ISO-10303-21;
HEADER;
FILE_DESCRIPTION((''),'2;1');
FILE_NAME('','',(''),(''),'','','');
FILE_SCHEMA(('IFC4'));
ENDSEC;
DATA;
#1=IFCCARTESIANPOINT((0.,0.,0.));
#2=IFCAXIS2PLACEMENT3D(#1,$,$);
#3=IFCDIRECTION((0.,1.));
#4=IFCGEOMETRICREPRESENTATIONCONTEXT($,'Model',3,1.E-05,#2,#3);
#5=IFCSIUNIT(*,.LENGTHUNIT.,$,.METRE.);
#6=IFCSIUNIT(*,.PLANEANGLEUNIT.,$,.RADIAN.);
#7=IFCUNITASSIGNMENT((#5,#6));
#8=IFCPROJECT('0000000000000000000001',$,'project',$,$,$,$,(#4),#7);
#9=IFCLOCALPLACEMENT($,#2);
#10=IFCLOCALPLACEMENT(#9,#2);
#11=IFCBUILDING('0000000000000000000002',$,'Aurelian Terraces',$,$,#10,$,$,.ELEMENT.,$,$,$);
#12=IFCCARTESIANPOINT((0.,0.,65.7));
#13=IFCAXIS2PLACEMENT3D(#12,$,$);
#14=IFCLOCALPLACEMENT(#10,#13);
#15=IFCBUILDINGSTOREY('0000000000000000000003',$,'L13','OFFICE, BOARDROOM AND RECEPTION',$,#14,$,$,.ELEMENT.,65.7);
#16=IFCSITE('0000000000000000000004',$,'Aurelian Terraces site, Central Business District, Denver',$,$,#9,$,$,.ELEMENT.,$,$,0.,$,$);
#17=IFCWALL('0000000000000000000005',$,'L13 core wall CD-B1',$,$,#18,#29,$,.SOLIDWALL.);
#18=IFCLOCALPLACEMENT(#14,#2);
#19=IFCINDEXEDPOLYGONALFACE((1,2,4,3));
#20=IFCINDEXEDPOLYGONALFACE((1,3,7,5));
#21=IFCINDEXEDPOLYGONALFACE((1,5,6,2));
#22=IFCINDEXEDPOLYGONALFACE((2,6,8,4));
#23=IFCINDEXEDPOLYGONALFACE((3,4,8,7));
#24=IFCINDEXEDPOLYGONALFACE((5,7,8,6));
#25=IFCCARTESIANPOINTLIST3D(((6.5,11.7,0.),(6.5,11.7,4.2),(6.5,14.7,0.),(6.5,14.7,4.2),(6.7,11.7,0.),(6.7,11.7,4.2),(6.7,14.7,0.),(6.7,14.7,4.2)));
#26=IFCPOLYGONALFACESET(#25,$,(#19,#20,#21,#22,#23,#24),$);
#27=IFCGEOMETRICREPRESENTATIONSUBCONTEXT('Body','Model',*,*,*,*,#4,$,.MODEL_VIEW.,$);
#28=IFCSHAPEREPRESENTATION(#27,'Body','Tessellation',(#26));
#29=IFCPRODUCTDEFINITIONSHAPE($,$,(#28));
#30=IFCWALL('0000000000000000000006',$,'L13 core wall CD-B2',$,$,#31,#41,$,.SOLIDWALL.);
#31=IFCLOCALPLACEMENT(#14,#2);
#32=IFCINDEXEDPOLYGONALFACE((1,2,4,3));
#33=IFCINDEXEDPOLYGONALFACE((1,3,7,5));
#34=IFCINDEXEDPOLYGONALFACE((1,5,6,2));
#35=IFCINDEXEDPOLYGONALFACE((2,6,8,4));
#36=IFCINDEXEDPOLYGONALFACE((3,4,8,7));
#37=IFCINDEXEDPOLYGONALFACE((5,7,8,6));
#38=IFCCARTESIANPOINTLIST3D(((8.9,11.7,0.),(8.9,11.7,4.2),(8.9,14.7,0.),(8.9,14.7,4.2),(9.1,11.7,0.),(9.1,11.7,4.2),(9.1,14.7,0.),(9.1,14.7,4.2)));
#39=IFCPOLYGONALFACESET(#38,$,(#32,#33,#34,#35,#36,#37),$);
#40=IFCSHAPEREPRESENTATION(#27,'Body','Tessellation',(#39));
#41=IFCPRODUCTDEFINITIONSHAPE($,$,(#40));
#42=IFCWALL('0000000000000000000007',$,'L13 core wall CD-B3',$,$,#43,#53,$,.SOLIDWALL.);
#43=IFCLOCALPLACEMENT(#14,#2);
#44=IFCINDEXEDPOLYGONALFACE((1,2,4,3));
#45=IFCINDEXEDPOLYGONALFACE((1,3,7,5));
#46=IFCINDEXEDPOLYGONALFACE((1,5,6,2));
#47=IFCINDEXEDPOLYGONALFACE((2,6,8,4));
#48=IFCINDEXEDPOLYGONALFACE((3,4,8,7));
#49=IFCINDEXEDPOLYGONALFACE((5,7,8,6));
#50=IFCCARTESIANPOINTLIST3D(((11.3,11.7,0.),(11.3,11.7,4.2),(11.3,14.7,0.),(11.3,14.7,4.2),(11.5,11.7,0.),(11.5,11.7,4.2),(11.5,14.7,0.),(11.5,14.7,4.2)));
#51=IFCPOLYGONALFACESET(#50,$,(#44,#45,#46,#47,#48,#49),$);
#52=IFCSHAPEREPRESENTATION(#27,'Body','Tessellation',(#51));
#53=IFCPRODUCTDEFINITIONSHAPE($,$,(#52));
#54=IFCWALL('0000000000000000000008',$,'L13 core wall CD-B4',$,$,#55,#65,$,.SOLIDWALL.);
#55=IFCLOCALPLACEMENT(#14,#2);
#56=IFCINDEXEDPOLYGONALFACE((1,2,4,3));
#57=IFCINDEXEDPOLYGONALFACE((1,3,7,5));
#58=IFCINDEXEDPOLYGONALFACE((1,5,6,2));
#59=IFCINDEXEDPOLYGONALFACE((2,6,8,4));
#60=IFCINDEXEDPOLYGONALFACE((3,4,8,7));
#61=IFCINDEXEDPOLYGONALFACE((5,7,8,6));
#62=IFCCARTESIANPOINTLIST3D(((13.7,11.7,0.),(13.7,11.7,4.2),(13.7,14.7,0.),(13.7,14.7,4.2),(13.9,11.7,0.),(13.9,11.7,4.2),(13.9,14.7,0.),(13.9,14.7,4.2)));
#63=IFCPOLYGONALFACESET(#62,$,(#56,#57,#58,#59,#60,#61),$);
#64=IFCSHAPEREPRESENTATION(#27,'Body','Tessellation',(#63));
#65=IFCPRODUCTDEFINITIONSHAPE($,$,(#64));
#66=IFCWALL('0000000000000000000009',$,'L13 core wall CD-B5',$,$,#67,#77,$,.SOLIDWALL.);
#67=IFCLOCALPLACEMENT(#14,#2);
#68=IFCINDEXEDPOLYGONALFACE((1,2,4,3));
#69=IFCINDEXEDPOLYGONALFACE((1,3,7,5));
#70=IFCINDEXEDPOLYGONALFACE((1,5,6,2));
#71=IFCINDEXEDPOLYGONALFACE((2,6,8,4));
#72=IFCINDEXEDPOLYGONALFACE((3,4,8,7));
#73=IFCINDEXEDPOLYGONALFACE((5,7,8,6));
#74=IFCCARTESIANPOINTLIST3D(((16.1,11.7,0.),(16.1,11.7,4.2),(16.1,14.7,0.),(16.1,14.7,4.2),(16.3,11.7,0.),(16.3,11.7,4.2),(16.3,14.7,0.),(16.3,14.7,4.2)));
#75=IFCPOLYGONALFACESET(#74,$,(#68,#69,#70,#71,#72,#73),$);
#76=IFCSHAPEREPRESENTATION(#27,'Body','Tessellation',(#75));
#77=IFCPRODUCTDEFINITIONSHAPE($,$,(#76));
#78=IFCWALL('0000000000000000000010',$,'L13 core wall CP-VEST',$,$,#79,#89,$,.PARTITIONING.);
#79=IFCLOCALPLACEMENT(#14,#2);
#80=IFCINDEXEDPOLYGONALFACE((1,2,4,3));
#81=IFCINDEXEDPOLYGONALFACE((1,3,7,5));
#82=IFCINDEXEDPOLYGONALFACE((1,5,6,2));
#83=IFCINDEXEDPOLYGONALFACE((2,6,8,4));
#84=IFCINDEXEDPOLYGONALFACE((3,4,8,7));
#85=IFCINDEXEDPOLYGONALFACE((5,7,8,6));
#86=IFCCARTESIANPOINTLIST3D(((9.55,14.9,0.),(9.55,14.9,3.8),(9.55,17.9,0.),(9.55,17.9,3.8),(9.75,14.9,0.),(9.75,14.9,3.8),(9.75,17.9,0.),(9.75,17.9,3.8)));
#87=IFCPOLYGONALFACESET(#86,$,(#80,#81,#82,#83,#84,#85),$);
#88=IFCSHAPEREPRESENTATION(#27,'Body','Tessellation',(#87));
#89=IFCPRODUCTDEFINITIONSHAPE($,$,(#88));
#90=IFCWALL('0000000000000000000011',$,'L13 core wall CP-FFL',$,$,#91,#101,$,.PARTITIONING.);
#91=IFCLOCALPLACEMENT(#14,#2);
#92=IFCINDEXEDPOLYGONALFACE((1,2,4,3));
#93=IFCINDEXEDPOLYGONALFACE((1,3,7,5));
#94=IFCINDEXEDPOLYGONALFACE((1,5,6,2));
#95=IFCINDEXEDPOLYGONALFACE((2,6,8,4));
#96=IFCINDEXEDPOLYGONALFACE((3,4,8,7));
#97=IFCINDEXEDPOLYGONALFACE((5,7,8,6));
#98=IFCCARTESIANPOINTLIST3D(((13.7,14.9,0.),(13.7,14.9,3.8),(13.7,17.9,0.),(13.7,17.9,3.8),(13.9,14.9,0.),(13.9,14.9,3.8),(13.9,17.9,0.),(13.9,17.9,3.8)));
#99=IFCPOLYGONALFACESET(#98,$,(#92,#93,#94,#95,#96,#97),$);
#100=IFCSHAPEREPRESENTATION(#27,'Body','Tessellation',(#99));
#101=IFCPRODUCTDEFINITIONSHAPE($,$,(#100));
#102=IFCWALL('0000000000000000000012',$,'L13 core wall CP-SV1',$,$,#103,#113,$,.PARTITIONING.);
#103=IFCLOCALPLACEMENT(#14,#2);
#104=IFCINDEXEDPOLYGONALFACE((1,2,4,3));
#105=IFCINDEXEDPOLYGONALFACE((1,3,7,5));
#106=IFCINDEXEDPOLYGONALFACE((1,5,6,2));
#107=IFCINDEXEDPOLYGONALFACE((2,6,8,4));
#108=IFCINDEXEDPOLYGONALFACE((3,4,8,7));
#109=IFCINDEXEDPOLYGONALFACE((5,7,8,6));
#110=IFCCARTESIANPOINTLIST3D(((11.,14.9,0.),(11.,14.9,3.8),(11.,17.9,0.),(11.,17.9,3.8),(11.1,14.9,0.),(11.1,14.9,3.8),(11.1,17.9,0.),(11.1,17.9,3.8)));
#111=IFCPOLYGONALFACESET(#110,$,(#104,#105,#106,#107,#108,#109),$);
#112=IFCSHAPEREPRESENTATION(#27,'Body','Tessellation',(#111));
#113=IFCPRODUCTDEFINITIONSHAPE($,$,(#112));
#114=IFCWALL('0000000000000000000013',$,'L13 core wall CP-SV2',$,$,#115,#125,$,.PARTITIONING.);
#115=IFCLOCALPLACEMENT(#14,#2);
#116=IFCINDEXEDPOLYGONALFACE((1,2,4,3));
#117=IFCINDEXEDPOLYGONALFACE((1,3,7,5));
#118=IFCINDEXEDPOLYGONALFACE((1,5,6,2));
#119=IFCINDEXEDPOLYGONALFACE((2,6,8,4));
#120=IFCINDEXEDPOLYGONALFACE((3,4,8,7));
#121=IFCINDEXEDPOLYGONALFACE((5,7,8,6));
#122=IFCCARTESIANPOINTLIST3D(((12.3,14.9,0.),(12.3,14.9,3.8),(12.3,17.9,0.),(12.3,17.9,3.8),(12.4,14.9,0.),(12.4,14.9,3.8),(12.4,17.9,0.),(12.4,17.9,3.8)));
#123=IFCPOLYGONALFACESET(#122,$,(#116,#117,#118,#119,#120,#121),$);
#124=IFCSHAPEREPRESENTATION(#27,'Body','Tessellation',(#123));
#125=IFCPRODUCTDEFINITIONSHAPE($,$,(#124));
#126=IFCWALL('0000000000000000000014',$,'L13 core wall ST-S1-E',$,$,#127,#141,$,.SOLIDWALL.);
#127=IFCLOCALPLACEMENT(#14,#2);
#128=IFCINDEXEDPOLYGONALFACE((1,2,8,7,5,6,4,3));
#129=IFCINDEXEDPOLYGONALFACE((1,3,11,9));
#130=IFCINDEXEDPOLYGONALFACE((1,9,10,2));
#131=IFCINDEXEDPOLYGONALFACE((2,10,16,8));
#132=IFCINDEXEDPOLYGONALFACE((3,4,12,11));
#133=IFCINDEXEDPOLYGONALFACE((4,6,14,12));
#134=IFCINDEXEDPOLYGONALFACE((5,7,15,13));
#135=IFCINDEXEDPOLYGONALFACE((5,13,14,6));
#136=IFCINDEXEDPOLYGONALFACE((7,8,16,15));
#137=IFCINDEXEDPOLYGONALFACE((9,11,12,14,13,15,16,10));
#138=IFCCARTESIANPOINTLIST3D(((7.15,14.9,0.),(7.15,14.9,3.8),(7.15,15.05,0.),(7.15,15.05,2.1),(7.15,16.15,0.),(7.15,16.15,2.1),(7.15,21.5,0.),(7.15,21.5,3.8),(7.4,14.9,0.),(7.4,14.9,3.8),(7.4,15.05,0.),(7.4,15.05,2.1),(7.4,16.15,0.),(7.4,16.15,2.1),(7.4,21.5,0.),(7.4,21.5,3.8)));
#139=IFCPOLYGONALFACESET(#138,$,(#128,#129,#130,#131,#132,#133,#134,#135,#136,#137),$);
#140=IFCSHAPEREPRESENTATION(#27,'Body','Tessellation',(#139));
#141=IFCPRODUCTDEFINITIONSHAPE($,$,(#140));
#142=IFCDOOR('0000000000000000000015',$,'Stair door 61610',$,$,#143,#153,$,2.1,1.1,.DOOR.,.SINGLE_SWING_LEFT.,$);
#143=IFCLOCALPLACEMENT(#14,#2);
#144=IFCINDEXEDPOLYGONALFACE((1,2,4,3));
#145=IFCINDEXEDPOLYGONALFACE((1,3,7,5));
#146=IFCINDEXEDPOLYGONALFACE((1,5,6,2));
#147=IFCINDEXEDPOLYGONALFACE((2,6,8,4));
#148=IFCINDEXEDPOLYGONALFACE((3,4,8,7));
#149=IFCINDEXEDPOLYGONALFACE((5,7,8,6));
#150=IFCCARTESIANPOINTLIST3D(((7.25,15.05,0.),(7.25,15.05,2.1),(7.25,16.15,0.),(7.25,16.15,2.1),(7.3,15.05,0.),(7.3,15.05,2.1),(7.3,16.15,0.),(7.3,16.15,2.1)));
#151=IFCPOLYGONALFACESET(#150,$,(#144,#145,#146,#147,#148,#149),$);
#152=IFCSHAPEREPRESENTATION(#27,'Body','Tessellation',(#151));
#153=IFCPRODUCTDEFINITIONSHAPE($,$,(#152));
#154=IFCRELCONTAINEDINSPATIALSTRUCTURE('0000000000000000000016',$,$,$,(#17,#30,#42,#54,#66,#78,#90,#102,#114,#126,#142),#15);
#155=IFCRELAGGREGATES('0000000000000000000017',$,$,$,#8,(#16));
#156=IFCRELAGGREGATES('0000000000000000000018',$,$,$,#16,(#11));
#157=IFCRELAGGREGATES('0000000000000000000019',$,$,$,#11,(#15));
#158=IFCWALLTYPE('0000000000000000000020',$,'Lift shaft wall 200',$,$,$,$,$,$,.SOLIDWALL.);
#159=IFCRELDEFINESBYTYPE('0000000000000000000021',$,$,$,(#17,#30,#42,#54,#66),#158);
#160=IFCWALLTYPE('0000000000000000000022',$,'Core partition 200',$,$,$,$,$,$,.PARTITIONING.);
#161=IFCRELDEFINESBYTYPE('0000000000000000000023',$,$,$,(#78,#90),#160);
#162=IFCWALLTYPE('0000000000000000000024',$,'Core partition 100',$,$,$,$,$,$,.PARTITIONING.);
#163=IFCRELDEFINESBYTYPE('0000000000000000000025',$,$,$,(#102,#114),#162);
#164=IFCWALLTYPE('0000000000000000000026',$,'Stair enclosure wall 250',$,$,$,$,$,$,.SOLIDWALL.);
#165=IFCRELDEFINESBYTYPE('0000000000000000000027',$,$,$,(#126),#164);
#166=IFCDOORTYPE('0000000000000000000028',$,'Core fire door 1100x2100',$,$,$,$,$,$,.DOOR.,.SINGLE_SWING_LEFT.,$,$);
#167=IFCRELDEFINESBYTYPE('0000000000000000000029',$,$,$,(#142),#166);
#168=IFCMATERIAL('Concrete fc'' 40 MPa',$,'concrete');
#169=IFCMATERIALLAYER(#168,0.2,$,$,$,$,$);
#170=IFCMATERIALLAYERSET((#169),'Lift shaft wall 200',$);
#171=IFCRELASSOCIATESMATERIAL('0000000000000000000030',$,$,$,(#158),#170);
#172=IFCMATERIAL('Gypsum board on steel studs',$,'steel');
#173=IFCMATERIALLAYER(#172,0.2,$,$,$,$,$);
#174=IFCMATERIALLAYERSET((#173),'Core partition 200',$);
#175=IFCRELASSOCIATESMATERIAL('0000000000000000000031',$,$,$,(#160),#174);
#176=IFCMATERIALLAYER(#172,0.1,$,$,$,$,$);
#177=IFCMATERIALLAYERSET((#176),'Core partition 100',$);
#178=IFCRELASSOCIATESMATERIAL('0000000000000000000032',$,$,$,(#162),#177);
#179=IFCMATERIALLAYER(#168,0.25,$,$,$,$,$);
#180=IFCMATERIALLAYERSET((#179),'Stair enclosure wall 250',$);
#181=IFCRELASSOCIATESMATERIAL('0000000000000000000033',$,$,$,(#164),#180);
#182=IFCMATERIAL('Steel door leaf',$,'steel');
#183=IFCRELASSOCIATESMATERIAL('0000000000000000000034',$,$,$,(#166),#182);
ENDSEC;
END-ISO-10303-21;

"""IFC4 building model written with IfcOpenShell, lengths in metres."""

from ifc_helpers import new_model, si_unit, direction, frame, frame_2d, origin, place, context, subcontext, project, spatial, rectangle, extrude, source, transform, mapped, material, layer, layer_set, type_object, element, fill, save


model = new_model("IFC4")

# Units and contexts
model_context = context("Model", 3, precision=1e-05, world=origin(), true_north=direction((0.0, 1.0)))
body_context = subcontext(model_context, "Body", "Model", "MODEL_VIEW")
ifc_project = project(units=[si_unit("LENGTHUNIT", "METRE"), si_unit("PLANEANGLEUNIT", "RADIAN")], contexts=[model_context])

# Site, building, storey
site_placement = place(None, origin())
site = spatial("IfcSite", under=ifc_project, at=site_placement, Name="Aurelian Terraces site, Central Business District, Denver", CompositionType="ELEMENT", RefElevation=0.0)
building_placement = place(site_placement, origin())
building = spatial("IfcBuilding", under=site, at=building_placement, Name="Aurelian Terraces", CompositionType="ELEMENT")
storey_placement = place(building_placement, frame((0.0, 0.0, 65.7)))
storey = spatial("IfcBuildingStorey", under=building, at=storey_placement, Name="L13", Description="OFFICE, BOARDROOM AND RECEPTION", CompositionType="ELEMENT", Elevation=65.7)

# Walls
ifc_material_1 = material(Name="Concrete fc' 40 MPa", Category="concrete")
ifc_layer_1 = layer(ifc_material_1, 0.2)
ifc_layer_set_1 = layer_set([ifc_layer_1], Name="Lift shaft wall 200")
wall_type_1 = type_object("IfcWallType", Name="Lift shaft wall 200", PredefinedType="SOLIDWALL", material=ifc_layer_set_1)
shared_shape_1 = source(origin(), body_context, "Body", "SweptSolid", [
    extrude(rectangle(XDim=3.0, YDim=0.2, at=frame_2d((1.5, 0.0))), origin(), (0.0, 0.0, 1.0), 4.2),
])
for number, where, z_axis, x_axis, name in (
    (1, (6.6, 11.7, 0.0), (0.0, 0.0, 1.0), (0.0, 1.0, 0.0), "L13 core wall CD-B1"),
    (2, (9.0, 11.7, 0.0), (0.0, 0.0, 1.0), (0.0, 1.0, 0.0), "L13 core wall CD-B2"),
    (3, (11.4, 11.7, 0.0), (0.0, 0.0, 1.0), (0.0, 1.0, 0.0), "L13 core wall CD-B3"),
    (4, (13.8, 11.7, 0.0), (0.0, 0.0, 1.0), (0.0, 1.0, 0.0), "L13 core wall CD-B4"),
    (5, (16.2, 11.7, 0.0), (0.0, 0.0, 1.0), (0.0, 1.0, 0.0), "L13 core wall CD-B5"),
):
    element("IfcWall", number, at=place(storey_placement, frame(where, z_axis=z_axis, x_axis=x_axis)), inside=storey, type_object=wall_type_1, Name=name, PredefinedType="SOLIDWALL", context=body_context, shape_type="MappedRepresentation", body=[
        mapped(shared_shape_1, transform((0.0, 0.0, 0.0), scale=1.0)),
    ])
ifc_material_2 = material(Name="Gypsum board on steel studs", Category="steel")
ifc_layer_2 = layer(ifc_material_2, 0.2)
ifc_layer_set_2 = layer_set([ifc_layer_2], Name="Core partition 200")
wall_type_2 = type_object("IfcWallType", Name="Core partition 200", PredefinedType="PARTITIONING", material=ifc_layer_set_2)
shared_shape_2 = source(origin(), body_context, "Body", "SweptSolid", [
    extrude(rectangle(XDim=3.0, YDim=0.2, at=frame_2d((1.5, 0.0))), origin(), (0.0, 0.0, 1.0), 3.8),
])
for number, where, z_axis, x_axis, name in (
    (6, (9.65, 14.9, 0.0), (0.0, 0.0, 1.0), (0.0, 1.0, 0.0), "L13 core wall CP-VEST"),
    (7, (13.8, 14.9, 0.0), (0.0, 0.0, 1.0), (0.0, 1.0, 0.0), "L13 core wall CP-FFL"),
):
    element("IfcWall", number, at=place(storey_placement, frame(where, z_axis=z_axis, x_axis=x_axis)), inside=storey, type_object=wall_type_2, Name=name, PredefinedType="PARTITIONING", context=body_context, shape_type="MappedRepresentation", body=[
        mapped(shared_shape_2, transform((0.0, 0.0, 0.0), scale=1.0)),
    ])
ifc_layer_3 = layer(ifc_material_2, 0.1)
ifc_layer_set_3 = layer_set([ifc_layer_3], Name="Core partition 100")
wall_type_3 = type_object("IfcWallType", Name="Core partition 100", PredefinedType="PARTITIONING", material=ifc_layer_set_3)
shared_shape_3 = source(origin(), body_context, "Body", "SweptSolid", [
    extrude(rectangle(XDim=3.0, YDim=0.1, at=frame_2d((1.5, 0.0))), origin(), (0.0, 0.0, 1.0), 3.8),
])
for number, where, z_axis, x_axis, name in (
    (8, (11.05, 14.9, 0.0), (0.0, 0.0, 1.0), (0.0, 1.0, 0.0), "L13 core wall CP-SV1"),
    (9, (12.35, 14.9, 0.0), (0.0, 0.0, 1.0), (0.0, 1.0, 0.0), "L13 core wall CP-SV2"),
):
    element("IfcWall", number, at=place(storey_placement, frame(where, z_axis=z_axis, x_axis=x_axis)), inside=storey, type_object=wall_type_3, Name=name, PredefinedType="PARTITIONING", context=body_context, shape_type="MappedRepresentation", body=[
        mapped(shared_shape_3, transform((0.0, 0.0, 0.0), scale=1.0)),
    ])

# Wall, opening, door
ifc_layer_4 = layer(ifc_material_1, 0.25)
ifc_layer_set_4 = layer_set([ifc_layer_4], Name="Stair enclosure wall 250")
wall_type_4 = type_object("IfcWallType", Name="Stair enclosure wall 250", PredefinedType="SOLIDWALL", material=ifc_layer_set_4)
shared_shape_4 = source(origin(), body_context, "Body", "SweptSolid", [
    extrude(rectangle(XDim=6.6, YDim=0.25, at=frame_2d((3.3, 0.0))), origin(), (0.0, 0.0, 1.0), 3.8),
])
wall_1_placement = place(storey_placement, frame((7.275, 14.9, 0.0), z_axis=(0.0, 0.0, 1.0), x_axis=(0.0, 1.0, 0.0)))
wall_1 = element("IfcWall", 10, at=wall_1_placement, inside=storey, type_object=wall_type_4, Name="L13 core wall ST-S1-E", PredefinedType="SOLIDWALL", context=body_context, shape_type="MappedRepresentation", body=[
    mapped(shared_shape_4, transform((0.0, 0.0, 0.0), scale=1.0)),
])
shared_shape_5 = source(origin(), body_context, "Body", "SweptSolid", [
    extrude(rectangle(XDim=1.1, YDim=2.1, at=frame_2d((0.55, 1.05))), frame((0.0, 0.135, 0.0), z_axis=(0.0, -1.0, 0.0), x_axis=(1.0, 0.0, 0.0)), (0.0, 0.0, 1.0), 0.27),
])
opening_1_placement = place(wall_1_placement, frame((0.15, 0.0, 0.0)))
opening_1 = element("IfcOpeningElement", 11, at=opening_1_placement, cuts=wall_1, PredefinedType="OPENING", context=body_context, shape_type="MappedRepresentation", body=[
    mapped(shared_shape_5, transform((0.0, 0.0, 0.0), scale=1.0)),
])
ifc_material_3 = material(Name="Steel door leaf", Category="steel")
door_type_1 = type_object("IfcDoorType", Name="Core fire door 1100x2100", OperationType="SINGLE_SWING_LEFT", PredefinedType="DOOR", material=ifc_material_3)
shared_shape_6 = source(origin(), body_context, "Body", "SweptSolid", [
    extrude(rectangle(XDim=1.1, YDim=2.1, at=frame_2d((0.55, 1.05))), frame((0.0, 0.025, 0.0), z_axis=(0.0, -1.0, 0.0), x_axis=(1.0, 0.0, 0.0)), (0.0, 0.0, 1.0), 0.05),
])
door_1_placement = place(opening_1_placement, origin())
door_1 = element("IfcDoor", 12, at=door_1_placement, inside=storey, type_object=door_type_1, Name="Stair door 61610", OperationType="SINGLE_SWING_LEFT", OverallHeight=2.1, OverallWidth=1.1, PredefinedType="DOOR", context=body_context, shape_type="MappedRepresentation", body=[
    mapped(shared_shape_6, transform((0.0, 0.0, 0.0), scale=1.0)),
])
fill(opening_1, door_1)

save(model, "model.ifc")
